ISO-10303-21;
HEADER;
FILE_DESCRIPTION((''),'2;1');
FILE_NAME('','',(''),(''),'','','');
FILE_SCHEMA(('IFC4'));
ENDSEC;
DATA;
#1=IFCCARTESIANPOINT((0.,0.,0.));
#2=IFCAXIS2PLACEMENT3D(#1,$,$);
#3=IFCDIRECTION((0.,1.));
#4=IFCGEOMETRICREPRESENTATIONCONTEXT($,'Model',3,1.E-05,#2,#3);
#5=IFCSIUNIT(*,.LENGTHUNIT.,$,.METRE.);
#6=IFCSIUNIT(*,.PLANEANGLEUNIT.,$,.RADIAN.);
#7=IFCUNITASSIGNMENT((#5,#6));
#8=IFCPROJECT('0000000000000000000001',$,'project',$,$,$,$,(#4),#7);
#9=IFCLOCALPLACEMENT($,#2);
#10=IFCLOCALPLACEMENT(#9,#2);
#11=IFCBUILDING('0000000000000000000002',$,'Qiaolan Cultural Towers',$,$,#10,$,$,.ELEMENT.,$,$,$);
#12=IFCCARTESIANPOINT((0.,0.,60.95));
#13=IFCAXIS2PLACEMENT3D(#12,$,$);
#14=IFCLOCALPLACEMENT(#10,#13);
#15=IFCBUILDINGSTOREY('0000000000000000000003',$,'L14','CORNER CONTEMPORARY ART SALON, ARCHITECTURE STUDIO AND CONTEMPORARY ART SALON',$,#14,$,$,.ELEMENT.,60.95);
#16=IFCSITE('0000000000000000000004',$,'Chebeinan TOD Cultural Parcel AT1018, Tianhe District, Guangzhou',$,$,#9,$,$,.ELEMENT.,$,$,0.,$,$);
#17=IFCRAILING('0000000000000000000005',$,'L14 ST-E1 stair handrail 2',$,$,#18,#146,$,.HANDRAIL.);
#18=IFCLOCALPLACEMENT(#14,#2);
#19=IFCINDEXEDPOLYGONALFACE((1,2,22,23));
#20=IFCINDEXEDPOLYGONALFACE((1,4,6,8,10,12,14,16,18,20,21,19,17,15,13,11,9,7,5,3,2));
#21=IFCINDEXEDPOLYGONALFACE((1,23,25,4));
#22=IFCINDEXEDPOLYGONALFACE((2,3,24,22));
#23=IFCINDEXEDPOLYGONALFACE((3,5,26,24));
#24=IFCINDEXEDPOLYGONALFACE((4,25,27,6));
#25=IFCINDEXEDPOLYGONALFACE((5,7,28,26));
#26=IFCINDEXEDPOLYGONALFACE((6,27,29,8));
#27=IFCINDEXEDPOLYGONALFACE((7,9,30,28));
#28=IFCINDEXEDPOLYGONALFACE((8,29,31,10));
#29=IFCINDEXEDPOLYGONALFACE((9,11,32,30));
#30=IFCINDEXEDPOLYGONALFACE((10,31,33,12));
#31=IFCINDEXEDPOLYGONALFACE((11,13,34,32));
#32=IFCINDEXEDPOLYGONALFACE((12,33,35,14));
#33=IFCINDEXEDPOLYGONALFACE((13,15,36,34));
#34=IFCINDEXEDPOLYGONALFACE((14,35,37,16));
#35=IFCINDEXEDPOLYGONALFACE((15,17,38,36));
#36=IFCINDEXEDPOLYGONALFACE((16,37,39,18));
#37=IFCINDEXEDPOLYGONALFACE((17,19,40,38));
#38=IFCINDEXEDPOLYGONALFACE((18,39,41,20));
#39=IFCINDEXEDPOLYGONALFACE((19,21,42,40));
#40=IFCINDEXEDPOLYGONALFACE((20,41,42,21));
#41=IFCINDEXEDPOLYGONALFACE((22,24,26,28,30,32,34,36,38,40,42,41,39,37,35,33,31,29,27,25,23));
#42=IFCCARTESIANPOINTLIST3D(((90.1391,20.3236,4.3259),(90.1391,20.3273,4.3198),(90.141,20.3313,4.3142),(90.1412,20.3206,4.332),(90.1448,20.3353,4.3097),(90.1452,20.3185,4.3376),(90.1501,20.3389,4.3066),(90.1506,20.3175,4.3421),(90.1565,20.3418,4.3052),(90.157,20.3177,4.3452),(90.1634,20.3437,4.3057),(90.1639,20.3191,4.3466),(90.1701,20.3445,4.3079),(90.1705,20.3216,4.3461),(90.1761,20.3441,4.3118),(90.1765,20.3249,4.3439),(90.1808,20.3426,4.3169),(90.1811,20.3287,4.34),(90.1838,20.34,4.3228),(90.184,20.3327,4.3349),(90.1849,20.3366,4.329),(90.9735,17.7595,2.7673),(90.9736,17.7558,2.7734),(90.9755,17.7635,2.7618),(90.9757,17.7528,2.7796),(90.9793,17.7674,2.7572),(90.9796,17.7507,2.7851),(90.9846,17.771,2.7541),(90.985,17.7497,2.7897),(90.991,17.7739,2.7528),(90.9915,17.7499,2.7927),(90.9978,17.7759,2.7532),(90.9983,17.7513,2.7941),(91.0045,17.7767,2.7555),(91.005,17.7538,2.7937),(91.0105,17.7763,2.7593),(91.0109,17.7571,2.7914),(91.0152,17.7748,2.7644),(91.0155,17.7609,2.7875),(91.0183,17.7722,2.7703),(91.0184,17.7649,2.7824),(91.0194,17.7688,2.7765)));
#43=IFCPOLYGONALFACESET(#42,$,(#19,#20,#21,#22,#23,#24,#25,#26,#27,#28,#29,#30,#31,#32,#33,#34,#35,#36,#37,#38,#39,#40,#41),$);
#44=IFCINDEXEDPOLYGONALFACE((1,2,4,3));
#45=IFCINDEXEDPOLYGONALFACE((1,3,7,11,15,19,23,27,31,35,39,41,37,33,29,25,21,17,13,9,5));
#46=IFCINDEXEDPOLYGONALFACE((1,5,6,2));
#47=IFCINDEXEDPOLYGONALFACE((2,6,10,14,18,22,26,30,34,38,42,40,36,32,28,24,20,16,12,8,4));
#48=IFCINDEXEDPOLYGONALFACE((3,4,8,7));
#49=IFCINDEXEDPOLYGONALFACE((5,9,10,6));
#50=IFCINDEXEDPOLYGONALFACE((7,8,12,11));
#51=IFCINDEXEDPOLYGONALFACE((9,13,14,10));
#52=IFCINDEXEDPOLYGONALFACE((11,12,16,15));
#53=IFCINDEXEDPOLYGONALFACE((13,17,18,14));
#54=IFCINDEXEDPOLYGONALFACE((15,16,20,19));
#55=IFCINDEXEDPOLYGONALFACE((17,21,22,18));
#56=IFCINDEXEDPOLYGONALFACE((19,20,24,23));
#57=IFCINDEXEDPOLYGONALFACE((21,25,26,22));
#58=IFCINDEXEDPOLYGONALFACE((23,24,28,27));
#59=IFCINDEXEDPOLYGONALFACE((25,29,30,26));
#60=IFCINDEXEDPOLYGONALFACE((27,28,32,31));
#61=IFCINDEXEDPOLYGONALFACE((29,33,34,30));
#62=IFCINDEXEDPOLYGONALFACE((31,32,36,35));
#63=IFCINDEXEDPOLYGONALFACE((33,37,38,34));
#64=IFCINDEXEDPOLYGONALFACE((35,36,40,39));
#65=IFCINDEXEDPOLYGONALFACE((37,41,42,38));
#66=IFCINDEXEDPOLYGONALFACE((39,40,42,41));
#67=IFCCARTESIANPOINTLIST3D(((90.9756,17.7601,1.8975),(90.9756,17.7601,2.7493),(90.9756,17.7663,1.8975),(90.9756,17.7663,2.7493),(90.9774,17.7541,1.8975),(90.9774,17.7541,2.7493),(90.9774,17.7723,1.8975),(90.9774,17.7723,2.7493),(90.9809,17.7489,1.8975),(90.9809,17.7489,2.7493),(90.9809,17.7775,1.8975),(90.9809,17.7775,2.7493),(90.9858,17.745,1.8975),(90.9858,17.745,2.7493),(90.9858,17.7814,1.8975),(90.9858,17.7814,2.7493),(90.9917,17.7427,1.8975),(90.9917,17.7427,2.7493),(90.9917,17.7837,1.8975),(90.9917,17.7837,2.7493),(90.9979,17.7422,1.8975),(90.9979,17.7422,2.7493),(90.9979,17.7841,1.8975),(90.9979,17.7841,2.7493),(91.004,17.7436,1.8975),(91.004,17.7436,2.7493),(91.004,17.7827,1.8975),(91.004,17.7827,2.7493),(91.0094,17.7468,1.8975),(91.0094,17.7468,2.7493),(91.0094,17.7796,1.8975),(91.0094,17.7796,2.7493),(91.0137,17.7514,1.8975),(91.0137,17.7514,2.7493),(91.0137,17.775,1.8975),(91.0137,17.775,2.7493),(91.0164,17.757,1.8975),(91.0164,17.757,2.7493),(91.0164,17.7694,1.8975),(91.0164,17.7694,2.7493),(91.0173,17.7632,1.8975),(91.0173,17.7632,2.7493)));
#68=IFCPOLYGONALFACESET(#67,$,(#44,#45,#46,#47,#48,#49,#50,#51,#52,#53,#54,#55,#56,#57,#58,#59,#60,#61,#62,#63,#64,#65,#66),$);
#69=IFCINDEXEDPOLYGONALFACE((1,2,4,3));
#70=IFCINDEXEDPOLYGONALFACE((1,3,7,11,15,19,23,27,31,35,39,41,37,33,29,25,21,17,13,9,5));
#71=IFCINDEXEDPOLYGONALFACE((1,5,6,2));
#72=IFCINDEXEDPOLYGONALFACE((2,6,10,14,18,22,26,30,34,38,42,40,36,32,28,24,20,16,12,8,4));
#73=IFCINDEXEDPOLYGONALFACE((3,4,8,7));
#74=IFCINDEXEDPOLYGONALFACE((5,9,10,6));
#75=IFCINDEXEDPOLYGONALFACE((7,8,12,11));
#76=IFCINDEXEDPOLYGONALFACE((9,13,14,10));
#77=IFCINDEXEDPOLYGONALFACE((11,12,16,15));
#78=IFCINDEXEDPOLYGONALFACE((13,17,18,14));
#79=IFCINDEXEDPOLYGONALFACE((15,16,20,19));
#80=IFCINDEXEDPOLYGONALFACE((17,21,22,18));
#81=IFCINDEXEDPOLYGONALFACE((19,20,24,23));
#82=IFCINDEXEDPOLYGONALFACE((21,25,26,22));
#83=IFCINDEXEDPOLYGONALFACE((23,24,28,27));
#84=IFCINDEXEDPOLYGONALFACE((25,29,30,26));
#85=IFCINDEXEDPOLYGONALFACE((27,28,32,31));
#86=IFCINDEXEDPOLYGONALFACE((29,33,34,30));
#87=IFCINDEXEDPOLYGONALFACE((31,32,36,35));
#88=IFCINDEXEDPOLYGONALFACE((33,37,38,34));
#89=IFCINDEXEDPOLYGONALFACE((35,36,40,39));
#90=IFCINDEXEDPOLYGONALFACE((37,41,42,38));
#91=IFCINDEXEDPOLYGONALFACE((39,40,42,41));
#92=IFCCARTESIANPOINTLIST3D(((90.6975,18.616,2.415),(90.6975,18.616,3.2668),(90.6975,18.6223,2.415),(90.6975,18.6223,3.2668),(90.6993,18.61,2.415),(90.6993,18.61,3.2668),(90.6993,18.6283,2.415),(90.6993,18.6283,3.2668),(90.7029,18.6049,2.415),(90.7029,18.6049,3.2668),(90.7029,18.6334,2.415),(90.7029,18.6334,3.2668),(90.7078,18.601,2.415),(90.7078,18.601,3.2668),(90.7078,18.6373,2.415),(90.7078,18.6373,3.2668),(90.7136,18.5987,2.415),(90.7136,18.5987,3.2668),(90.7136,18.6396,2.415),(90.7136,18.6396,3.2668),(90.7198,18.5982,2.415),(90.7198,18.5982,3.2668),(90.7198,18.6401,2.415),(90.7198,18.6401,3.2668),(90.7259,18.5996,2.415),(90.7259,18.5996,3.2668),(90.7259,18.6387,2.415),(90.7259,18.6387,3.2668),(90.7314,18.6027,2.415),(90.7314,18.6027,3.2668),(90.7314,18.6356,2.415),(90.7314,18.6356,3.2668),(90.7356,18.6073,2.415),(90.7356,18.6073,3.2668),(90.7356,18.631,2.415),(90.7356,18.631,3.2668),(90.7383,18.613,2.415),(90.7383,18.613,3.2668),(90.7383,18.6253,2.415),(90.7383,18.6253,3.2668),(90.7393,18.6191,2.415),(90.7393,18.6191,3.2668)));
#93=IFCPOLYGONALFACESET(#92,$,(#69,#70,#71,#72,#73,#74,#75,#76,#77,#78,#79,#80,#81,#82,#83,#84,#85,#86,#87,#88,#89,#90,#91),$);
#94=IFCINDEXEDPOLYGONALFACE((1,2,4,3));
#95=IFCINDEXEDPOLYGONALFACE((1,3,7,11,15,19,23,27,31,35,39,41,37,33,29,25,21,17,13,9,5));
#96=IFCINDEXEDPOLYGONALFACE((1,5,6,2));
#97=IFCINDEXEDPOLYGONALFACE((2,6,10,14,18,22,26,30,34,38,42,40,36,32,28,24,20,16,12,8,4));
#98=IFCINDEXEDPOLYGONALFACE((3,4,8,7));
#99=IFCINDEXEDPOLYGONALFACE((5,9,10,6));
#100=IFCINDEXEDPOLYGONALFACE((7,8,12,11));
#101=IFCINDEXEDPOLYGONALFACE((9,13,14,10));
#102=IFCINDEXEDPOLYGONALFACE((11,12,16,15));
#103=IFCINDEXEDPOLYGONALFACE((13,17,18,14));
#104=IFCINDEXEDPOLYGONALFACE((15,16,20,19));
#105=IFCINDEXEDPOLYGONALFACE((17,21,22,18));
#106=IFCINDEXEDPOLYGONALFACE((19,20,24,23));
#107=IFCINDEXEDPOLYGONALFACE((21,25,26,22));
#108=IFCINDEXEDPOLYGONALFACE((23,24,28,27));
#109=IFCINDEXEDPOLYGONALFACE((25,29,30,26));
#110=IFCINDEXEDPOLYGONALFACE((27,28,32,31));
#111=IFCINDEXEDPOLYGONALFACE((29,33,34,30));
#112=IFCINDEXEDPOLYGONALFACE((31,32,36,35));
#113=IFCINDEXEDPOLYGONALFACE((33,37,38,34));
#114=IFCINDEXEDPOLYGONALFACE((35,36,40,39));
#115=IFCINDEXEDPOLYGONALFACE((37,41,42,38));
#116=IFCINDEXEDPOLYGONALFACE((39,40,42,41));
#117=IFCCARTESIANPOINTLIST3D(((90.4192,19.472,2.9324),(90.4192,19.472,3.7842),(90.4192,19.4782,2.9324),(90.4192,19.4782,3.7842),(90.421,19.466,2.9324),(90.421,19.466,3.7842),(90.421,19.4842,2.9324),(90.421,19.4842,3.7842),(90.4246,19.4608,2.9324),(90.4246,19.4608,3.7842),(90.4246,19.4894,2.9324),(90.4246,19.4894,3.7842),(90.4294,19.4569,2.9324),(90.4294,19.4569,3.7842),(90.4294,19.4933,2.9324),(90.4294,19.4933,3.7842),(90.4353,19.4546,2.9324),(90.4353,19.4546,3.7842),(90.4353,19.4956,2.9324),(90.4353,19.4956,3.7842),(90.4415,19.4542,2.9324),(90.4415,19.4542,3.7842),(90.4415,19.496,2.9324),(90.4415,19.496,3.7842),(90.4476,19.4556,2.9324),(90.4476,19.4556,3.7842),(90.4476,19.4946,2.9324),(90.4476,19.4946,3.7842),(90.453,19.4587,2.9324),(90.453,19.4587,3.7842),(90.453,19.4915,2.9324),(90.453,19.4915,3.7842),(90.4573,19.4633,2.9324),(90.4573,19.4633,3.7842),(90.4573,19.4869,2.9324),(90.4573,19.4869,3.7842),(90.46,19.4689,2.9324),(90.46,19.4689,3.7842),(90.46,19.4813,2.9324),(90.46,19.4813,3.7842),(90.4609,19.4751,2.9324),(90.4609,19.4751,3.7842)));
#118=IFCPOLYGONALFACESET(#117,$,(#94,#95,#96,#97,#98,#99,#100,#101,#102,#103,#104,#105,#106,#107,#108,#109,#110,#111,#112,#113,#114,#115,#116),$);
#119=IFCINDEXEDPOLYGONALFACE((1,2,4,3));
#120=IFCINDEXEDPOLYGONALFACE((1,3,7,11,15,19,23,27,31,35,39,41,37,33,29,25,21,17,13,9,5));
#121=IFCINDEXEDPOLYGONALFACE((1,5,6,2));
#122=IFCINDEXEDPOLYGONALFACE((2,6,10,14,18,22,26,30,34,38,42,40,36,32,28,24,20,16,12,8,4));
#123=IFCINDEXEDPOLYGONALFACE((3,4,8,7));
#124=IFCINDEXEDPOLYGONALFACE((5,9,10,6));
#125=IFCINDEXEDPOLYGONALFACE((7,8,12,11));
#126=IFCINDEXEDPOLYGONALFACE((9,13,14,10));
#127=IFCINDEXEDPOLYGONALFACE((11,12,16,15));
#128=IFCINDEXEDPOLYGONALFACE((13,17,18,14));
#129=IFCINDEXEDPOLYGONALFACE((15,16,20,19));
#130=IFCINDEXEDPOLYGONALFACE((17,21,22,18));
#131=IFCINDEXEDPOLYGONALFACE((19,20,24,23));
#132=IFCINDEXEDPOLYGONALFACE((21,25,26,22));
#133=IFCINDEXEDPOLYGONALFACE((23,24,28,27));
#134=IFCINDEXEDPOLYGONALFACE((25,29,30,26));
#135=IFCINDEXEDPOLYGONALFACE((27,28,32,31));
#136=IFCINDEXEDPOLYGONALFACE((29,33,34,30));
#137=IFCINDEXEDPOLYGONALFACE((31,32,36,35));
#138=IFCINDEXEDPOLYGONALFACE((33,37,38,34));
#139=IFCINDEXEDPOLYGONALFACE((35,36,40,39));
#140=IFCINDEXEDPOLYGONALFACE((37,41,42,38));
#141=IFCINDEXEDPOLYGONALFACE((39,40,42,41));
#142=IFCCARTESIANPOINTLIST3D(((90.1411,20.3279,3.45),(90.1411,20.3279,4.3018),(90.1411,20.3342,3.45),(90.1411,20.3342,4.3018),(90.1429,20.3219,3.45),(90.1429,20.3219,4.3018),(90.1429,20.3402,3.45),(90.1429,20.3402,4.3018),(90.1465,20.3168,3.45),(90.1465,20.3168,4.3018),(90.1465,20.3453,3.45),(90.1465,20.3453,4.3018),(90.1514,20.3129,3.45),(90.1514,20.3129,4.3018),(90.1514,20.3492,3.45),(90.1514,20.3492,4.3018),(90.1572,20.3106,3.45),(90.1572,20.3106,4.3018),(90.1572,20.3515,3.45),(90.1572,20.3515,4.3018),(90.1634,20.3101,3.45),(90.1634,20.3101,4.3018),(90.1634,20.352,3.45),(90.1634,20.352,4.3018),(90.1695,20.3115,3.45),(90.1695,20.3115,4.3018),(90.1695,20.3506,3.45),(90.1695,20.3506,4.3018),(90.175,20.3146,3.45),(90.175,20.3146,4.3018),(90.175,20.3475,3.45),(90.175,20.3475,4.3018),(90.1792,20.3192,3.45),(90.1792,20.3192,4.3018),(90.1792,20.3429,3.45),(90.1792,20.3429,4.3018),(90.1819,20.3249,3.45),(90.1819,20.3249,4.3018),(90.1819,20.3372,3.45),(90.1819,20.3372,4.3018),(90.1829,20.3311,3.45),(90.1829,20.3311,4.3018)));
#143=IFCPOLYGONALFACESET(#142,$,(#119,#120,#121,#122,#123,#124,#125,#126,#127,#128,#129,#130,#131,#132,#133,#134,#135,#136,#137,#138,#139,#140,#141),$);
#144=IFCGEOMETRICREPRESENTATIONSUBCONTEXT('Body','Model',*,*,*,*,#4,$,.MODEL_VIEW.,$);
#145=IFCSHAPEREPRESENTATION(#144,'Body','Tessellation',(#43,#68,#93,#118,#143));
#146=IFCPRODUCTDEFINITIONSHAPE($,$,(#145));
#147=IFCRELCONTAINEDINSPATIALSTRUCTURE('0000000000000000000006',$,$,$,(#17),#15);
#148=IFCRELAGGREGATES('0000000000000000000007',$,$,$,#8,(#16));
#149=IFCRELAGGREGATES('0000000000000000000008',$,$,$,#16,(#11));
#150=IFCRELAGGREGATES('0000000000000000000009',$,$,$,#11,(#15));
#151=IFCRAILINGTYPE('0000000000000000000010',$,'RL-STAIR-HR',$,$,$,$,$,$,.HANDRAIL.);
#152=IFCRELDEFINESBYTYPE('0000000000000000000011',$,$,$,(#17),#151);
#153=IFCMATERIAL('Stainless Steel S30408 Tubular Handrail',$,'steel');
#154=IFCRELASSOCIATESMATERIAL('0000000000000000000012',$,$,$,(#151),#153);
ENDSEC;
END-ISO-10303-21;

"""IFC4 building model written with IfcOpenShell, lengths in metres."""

from ifc_helpers import new_model, si_unit, direction, frame, origin, origin_2d, place, context, subcontext, project, spatial, circle, extrude, material, type_object, element, save


model = new_model("IFC4")

# Units and contexts
model_context = context("Model", 3, precision=1e-05, world=origin(), true_north=direction((0.0, 1.0)))
body_context = subcontext(model_context, "Body", "Model", "MODEL_VIEW")
ifc_project = project(units=[si_unit("LENGTHUNIT", "METRE"), si_unit("PLANEANGLEUNIT", "RADIAN")], contexts=[model_context])

# Site, building, storey
site_placement = place(None, origin())
site = spatial("IfcSite", under=ifc_project, at=site_placement, Name="Chebeinan TOD Cultural Parcel AT1018, Tianhe District, Guangzhou", CompositionType="ELEMENT", RefElevation=0.0)
building_placement = place(site_placement, origin())
building = spatial("IfcBuilding", under=site, at=building_placement, Name="Qiaolan Cultural Towers", CompositionType="ELEMENT")
storey_placement = place(building_placement, frame((0.0, 0.0, 60.95)))
storey = spatial("IfcBuildingStorey", under=building, at=storey_placement, Name="L14", Description="CORNER CONTEMPORARY ART SALON, ARCHITECTURE STUDIO AND CONTEMPORARY ART SALON", CompositionType="ELEMENT", Elevation=60.95)

# Railing
ifc_material_1 = material(Name="Stainless Steel S30408 Tubular Handrail", Category="steel")
railing_type_1 = type_object("IfcRailingType", Name="RL-STAIR-HR", PredefinedType="HANDRAIL", material=ifc_material_1)
railing_1_placement = place(storey_placement, frame((90.9963, 17.7632, 1.8975)))
element("IfcRailing", 1, at=railing_1_placement, inside=storey, type_object=railing_type_1, Name="L14 ST-E1 stair handrail 2", PredefinedType="HANDRAIL", context=body_context, shape_type="SweptSolid", body=[
    extrude(circle(Radius=0.0239, at=origin_2d()), frame((0.0, 0.0, 0.876), z_axis=(-0.267926, 0.824471, 0.498461), x_axis=(-0.951043, -0.309057, 0.0)), (0.0, 0.0, 1.0), 3.1145),
    extrude(circle(Radius=0.021, at=origin_2d()), origin(), (0.0, 0.0, 1.0), 0.8518),
    extrude(circle(Radius=0.021, at=origin_2d()), frame((-0.2781, 0.856, 0.5176)), (0.0, 0.0, 1.0), 0.8518),
    extrude(circle(Radius=0.021, at=origin_2d()), frame((-0.5564, 1.7119, 1.0349)), (0.0, 0.0, 1.0), 0.8518),
    extrude(circle(Radius=0.021, at=origin_2d()), frame((-0.8345, 2.5679, 1.5525)), (0.0, 0.0, 1.0), 0.8518),
])

save(model, "model.ifc")
